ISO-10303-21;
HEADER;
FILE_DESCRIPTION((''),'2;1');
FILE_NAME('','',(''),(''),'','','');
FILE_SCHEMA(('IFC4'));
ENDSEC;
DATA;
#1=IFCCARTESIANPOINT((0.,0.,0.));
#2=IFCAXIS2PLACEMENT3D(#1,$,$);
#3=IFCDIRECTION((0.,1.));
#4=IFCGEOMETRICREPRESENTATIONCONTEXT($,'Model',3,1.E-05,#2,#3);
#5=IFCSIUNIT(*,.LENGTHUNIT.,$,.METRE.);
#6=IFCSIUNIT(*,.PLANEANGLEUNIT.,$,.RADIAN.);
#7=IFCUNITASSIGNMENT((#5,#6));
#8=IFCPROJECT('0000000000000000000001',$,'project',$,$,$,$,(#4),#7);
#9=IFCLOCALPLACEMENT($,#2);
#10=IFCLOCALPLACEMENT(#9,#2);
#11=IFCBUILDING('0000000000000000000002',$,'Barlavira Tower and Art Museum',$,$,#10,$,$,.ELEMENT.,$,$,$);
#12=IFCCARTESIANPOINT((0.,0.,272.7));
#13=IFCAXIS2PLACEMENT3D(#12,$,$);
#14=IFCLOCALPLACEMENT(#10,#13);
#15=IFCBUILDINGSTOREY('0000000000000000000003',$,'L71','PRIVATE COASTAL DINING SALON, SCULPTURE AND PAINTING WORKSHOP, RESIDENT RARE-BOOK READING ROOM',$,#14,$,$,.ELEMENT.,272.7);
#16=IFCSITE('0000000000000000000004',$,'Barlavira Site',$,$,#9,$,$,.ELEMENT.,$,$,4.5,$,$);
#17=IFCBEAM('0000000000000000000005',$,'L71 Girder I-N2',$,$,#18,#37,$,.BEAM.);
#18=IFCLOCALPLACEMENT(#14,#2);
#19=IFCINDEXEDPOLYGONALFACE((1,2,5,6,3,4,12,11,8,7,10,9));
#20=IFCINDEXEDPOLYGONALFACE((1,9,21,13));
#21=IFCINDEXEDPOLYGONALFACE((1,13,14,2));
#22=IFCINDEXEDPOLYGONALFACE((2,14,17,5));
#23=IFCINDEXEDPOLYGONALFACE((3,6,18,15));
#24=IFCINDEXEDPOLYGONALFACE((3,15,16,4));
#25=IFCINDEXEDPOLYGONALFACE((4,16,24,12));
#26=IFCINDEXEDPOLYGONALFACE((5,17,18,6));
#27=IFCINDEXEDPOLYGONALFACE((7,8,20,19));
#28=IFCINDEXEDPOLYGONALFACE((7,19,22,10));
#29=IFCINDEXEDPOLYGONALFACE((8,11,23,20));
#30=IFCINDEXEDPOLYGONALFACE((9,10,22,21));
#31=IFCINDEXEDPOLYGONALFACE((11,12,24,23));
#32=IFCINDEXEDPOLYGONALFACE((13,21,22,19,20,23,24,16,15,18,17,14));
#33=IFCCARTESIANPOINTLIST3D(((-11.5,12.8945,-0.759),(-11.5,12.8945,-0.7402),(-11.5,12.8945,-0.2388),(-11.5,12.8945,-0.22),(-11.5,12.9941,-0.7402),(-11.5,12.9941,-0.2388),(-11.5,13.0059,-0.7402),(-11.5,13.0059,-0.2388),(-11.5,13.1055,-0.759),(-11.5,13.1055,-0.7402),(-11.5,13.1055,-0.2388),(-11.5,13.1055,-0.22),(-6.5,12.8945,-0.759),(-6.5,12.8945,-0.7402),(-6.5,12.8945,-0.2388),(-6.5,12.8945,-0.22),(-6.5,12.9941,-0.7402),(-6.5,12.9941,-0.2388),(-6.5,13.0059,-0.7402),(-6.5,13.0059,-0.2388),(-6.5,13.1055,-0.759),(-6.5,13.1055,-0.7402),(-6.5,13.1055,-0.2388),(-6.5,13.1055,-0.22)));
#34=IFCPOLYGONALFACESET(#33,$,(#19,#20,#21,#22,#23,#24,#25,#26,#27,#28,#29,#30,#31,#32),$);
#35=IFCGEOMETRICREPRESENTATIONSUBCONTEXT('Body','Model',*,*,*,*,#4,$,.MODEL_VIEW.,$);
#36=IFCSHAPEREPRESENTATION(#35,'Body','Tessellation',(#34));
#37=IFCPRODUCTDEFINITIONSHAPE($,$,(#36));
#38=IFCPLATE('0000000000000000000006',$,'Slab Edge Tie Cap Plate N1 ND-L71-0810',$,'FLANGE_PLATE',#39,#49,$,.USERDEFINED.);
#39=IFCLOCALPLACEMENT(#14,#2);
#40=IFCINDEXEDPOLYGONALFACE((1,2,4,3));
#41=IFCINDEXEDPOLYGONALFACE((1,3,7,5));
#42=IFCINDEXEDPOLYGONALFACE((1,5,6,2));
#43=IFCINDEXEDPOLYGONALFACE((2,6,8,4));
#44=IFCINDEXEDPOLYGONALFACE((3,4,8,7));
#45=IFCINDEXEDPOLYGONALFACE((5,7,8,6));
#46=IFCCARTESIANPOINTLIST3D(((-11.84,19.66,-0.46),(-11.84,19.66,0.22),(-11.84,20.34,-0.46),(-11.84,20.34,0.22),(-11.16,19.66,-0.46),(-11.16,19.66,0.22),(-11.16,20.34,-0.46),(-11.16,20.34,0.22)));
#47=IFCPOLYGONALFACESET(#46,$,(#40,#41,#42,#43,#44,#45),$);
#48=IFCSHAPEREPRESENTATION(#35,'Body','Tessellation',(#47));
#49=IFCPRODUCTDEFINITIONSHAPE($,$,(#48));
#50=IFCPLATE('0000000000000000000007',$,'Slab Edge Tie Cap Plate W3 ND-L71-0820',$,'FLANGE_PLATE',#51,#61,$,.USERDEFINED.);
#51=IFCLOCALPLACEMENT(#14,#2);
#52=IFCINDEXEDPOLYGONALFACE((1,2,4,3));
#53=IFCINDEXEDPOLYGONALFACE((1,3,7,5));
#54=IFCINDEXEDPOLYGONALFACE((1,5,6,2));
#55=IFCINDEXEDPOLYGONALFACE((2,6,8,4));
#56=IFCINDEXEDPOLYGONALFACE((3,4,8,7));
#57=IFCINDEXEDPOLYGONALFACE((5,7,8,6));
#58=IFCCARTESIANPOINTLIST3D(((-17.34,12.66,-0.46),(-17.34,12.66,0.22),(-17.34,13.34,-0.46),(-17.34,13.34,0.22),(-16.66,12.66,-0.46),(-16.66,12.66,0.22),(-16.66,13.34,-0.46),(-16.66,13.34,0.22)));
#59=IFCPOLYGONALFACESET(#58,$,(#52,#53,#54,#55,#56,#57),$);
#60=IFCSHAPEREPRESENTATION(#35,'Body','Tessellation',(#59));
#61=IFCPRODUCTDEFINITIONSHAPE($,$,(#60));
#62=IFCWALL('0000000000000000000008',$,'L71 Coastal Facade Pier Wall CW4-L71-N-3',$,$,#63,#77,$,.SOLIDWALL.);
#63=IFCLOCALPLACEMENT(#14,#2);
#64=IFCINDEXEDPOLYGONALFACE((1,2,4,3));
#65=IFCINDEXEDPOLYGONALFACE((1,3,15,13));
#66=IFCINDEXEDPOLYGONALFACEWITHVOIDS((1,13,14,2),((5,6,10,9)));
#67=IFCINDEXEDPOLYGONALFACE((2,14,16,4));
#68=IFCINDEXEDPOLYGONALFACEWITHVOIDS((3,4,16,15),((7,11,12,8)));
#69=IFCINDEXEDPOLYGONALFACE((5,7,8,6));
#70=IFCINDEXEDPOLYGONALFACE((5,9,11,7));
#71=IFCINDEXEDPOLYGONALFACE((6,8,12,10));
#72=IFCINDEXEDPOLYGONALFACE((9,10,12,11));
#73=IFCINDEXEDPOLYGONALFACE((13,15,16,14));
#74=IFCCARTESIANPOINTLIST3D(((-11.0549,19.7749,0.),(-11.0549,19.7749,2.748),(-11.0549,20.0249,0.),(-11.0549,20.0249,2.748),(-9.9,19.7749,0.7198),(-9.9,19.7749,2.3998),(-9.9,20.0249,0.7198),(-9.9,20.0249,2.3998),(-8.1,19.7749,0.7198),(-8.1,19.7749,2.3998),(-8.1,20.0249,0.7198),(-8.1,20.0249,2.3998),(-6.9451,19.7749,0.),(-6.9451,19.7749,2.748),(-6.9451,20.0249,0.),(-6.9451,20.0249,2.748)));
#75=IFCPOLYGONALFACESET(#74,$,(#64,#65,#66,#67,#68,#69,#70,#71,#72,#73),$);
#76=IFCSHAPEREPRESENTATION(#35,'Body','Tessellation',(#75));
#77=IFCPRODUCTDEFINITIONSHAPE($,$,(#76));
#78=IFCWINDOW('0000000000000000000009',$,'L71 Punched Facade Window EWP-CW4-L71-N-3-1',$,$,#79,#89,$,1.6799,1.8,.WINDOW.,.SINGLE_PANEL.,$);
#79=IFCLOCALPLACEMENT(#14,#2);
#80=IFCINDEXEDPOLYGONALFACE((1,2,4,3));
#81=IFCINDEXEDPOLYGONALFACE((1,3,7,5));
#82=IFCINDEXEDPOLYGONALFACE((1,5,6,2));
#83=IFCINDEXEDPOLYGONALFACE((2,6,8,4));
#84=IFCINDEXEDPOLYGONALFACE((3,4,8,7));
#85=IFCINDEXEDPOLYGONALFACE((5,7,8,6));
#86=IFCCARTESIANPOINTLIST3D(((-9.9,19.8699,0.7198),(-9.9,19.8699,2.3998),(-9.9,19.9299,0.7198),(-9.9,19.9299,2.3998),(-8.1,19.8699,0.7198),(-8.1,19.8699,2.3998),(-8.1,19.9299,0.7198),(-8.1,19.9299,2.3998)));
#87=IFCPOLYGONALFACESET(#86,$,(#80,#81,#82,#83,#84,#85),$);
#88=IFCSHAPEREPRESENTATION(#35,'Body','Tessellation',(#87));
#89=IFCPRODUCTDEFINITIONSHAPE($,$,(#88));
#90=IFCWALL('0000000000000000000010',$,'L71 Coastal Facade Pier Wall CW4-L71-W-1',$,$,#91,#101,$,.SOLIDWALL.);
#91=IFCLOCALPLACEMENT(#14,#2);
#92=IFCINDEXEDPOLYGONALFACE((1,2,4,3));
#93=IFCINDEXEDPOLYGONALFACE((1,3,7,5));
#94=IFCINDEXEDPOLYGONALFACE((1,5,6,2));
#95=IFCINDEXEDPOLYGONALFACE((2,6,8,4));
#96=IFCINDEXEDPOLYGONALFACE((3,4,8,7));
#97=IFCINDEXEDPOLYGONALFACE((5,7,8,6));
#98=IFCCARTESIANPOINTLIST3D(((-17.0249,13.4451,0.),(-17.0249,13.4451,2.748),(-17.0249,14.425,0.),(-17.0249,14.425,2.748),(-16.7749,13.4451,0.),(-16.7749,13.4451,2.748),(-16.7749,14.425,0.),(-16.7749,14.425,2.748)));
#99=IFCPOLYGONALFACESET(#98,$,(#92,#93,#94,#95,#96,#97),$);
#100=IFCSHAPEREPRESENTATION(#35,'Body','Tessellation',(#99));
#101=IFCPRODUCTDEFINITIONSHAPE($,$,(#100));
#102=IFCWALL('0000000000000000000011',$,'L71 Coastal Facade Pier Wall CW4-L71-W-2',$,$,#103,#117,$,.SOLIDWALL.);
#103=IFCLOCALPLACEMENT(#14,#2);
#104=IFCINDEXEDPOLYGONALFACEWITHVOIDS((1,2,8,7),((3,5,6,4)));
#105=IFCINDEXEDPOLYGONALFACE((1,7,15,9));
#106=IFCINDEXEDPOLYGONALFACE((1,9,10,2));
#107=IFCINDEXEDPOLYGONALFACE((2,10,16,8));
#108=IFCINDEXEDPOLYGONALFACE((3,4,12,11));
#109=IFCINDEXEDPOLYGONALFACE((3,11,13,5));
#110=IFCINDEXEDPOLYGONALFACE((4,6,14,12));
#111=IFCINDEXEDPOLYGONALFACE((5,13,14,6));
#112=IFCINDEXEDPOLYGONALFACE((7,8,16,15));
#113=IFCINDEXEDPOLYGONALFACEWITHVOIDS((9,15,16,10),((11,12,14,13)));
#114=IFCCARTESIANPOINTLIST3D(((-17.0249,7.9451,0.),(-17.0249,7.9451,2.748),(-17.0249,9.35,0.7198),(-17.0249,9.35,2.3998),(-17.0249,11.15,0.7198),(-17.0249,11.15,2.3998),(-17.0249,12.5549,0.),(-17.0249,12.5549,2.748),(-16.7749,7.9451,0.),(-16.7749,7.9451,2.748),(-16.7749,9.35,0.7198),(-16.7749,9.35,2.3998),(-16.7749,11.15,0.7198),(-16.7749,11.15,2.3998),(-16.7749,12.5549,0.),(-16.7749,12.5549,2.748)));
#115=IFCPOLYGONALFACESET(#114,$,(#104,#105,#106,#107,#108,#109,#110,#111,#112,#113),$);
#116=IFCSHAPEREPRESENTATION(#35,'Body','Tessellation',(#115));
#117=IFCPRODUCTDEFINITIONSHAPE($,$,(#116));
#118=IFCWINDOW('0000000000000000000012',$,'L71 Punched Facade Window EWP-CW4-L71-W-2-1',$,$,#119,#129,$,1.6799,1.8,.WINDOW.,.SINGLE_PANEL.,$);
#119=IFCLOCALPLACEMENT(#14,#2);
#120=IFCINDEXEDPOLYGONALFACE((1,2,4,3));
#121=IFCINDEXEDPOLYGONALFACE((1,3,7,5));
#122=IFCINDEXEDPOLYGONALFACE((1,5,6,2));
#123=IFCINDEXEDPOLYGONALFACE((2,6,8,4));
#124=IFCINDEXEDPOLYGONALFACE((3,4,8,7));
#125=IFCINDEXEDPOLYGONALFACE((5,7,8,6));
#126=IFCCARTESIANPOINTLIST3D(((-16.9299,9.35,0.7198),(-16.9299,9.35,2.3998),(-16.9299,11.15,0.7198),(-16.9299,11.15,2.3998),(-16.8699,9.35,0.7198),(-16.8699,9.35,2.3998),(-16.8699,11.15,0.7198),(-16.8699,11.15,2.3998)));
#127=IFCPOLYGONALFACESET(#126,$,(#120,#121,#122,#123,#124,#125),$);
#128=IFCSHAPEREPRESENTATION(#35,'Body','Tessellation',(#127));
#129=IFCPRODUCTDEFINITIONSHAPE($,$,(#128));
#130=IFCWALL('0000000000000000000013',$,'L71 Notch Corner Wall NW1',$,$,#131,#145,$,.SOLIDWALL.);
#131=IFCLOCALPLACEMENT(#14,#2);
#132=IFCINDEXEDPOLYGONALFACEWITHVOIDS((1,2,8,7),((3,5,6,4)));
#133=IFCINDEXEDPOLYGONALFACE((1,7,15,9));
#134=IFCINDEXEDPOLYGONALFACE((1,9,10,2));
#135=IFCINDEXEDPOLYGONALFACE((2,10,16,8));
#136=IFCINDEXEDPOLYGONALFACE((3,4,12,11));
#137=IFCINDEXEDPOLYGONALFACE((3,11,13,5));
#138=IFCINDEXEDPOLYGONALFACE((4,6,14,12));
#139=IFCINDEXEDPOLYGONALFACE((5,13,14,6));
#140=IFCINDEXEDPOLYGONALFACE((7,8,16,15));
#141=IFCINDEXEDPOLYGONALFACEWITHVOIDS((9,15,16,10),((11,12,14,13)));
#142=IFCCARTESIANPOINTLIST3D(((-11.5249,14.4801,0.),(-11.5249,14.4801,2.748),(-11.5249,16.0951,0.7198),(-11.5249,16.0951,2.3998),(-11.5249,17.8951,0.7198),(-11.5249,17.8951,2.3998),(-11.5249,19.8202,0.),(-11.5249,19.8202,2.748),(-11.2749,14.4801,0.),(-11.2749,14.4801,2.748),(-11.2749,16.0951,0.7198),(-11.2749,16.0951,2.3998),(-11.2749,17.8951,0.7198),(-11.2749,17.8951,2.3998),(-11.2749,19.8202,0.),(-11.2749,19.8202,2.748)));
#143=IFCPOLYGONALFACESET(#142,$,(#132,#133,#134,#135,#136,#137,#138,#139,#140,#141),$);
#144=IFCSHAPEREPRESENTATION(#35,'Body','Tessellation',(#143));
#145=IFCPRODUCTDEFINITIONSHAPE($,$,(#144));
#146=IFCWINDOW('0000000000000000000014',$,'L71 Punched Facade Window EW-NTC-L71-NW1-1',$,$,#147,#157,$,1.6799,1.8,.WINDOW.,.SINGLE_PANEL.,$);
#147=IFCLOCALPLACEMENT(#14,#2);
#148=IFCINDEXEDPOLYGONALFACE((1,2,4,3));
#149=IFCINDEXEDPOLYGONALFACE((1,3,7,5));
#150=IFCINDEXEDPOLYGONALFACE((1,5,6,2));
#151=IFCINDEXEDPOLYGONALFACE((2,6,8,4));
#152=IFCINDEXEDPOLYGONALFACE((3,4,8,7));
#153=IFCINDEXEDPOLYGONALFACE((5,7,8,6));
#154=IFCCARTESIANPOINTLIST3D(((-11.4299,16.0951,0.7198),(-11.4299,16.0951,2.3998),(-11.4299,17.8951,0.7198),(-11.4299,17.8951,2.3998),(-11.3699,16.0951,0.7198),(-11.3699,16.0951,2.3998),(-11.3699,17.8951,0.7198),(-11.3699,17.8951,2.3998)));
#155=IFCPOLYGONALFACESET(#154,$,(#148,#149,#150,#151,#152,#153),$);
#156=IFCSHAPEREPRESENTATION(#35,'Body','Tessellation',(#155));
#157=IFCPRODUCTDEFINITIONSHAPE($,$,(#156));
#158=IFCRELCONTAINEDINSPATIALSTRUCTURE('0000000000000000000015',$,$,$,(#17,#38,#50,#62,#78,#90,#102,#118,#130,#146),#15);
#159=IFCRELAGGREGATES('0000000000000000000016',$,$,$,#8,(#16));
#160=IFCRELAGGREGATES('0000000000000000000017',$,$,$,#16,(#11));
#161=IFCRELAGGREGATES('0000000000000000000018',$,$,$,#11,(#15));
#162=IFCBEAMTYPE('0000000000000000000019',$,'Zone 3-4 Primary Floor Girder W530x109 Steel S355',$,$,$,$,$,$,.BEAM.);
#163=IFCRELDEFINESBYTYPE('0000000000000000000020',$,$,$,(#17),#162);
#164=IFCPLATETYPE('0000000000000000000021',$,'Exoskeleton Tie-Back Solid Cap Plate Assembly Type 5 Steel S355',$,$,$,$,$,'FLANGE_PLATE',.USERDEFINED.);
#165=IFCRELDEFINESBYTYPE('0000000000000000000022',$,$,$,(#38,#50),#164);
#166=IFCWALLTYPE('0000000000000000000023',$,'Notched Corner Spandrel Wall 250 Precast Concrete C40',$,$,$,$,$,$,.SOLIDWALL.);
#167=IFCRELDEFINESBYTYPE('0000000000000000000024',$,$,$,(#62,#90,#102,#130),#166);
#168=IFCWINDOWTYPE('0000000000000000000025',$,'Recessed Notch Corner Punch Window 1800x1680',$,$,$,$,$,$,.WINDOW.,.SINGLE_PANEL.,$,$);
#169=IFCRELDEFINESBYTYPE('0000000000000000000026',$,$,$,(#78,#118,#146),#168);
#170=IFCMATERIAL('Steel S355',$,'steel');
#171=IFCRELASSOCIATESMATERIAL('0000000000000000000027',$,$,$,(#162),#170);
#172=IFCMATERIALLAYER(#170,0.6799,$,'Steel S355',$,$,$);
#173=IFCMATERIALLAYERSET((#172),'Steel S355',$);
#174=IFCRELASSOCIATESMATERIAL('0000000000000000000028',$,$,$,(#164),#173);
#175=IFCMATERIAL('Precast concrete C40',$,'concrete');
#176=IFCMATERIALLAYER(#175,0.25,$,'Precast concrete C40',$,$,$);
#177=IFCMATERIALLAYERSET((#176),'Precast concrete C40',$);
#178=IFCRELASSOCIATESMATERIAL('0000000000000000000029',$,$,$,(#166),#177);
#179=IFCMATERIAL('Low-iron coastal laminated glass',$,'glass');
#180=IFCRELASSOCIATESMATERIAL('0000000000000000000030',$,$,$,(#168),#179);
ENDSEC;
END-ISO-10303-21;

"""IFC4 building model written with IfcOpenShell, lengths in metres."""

from ifc_helpers import new_model, si_unit, direction, frame, frame_2d, origin, origin_2d, place, context, subcontext, project, spatial, rectangle, i_section, extrude, material, layer, layer_set, material_profile, profile_set, type_object, element, fill, save


model = new_model("IFC4")

# Units and contexts
model_context = context("Model", 3, precision=1e-05, world=origin(), true_north=direction((0.0, 1.0)))
body_context = subcontext(model_context, "Body", "Model", "MODEL_VIEW")
ifc_project = project(units=[si_unit("LENGTHUNIT", "METRE"), si_unit("PLANEANGLEUNIT", "RADIAN")], contexts=[model_context])

# Site, building, storey
site_placement = place(None, origin())
site = spatial("IfcSite", under=ifc_project, at=site_placement, Name="Barlavira Site", CompositionType="ELEMENT", RefElevation=4.5)
building_placement = place(site_placement, origin())
building = spatial("IfcBuilding", under=site, at=building_placement, Name="Barlavira Tower and Art Museum", CompositionType="ELEMENT")
storey_placement = place(building_placement, frame((0.0, 0.0, 272.7)))
storey = spatial("IfcBuildingStorey", under=building, at=storey_placement, Name="L71", Description="PRIVATE COASTAL DINING SALON, SCULPTURE AND PAINTING WORKSHOP, RESIDENT RARE-BOOK READING ROOM", CompositionType="ELEMENT", Elevation=272.7)

# Shared definitions
ifc_material_1 = material(Name="Steel S355", Category="steel")

# Beam
ifc_material_profile_1 = material_profile(ifc_material_1, i_section(OverallWidth=0.2109, OverallDepth=0.5391, WebThickness=0.0117, FlangeThickness=0.0188, at=origin_2d()), Name="W530x109.0")
ifc_profile_set_1 = profile_set([ifc_material_profile_1], Name="Steel S355")
beam_type_1 = type_object("IfcBeamType", Name="Zone 3-4 Primary Floor Girder W530x109 Steel S355", PredefinedType="BEAM", material=ifc_profile_set_1)
beam_1_placement = place(storey_placement, frame((-11.5, 13.0, -0.4895), z_axis=(1.0, 0.0, 0.0), x_axis=(0.0, 1.0, 0.0)))
element("IfcBeam", 1, at=beam_1_placement, inside=storey, type_object=beam_type_1, Name="L71 Girder I-N2", PredefinedType="BEAM", context=body_context, shape_type="SweptSolid", body=[
    extrude(i_section(OverallWidth=0.2109, OverallDepth=0.5391, WebThickness=0.0117, FlangeThickness=0.0188, at=origin_2d()), origin(), (0.0, 0.0, 1.0), 5.0),
])

# Plates
ifc_layer_1 = layer(ifc_material_1, 0.6799, Name="Steel S355")
ifc_layer_set_1 = layer_set([ifc_layer_1], Name="Steel S355")
plate_type = type_object("IfcPlateType", Name="Exoskeleton Tie-Back Solid Cap Plate Assembly Type 5 Steel S355", ElementType="FLANGE_PLATE", PredefinedType="USERDEFINED", material=ifc_layer_set_1)
for number, where, z_axis, x_axis, name in (
    (2, (-11.5, 20.0, -0.46), (0.0, 0.0, 1.0), (1.0, 0.0, 0.0), "Slab Edge Tie Cap Plate N1 ND-L71-0810"),
    (3, (-17.0, 13.0, -0.46), (0.0, 0.0, 1.0), (1.0, 0.0, 0.0), "Slab Edge Tie Cap Plate W3 ND-L71-0820"),
):
    element("IfcPlate", number, at=place(storey_placement, frame(where, z_axis=z_axis, x_axis=x_axis)), inside=storey, type_object=plate_type, Name=name, ObjectType="FLANGE_PLATE", PredefinedType="USERDEFINED", context=body_context, shape_type="SweptSolid", body=[
        extrude(rectangle(XDim=0.6799, YDim=0.6799, at=origin_2d()), origin(), (0.0, 0.0, 1.0), 0.6799),
    ])

# Wall, opening, window
ifc_material_2 = material(Name="Precast concrete C40", Category="concrete")
ifc_layer_2 = layer(ifc_material_2, 0.25, Name="Precast concrete C40")
ifc_layer_set_2 = layer_set([ifc_layer_2], Name="Precast concrete C40")
wall_type = type_object("IfcWallType", Name="Notched Corner Spandrel Wall 250 Precast Concrete C40", PredefinedType="SOLIDWALL", material=ifc_layer_set_2)
wall_1_placement = place(storey_placement, frame((-6.9451, 19.8999, 0.0), z_axis=(0.0, 0.0, 1.0), x_axis=(-1.0, 0.0, 0.0)))
wall_1 = element("IfcWall", 4, at=wall_1_placement, inside=storey, type_object=wall_type, Name="L71 Coastal Facade Pier Wall CW4-L71-N-3", PredefinedType="SOLIDWALL", context=body_context, shape_type="SweptSolid", body=[
    extrude(rectangle(XDim=4.1099, YDim=0.25, at=frame_2d((2.0549, 0.0))), origin(), (0.0, 0.0, 1.0), 2.748),
])
opening_1_placement = place(wall_1_placement, frame((1.155, 0.0, 0.72)))
opening_1 = element("IfcOpeningElement", 5, at=opening_1_placement, cuts=wall_1, PredefinedType="OPENING", context=body_context, shape_type="SweptSolid", body=[
    extrude(rectangle(XDim=1.8, YDim=1.6799, at=frame_2d((0.8999, 0.8398))), frame((0.0, 0.135, 0.0), z_axis=(0.0, -1.0, 0.0), x_axis=(1.0, 0.0, 0.0)), (0.0, 0.0, 1.0), 0.27),
])
ifc_material_3 = material(Name="Low-iron coastal laminated glass", Category="glass")
window_type = type_object("IfcWindowType", Name="Recessed Notch Corner Punch Window 1800x1680", PartitioningType="SINGLE_PANEL", PredefinedType="WINDOW", material=ifc_material_3)
window_1_placement = place(opening_1_placement, origin())
window_1 = element("IfcWindow", 6, at=window_1_placement, inside=storey, type_object=window_type, Name="L71 Punched Facade Window EWP-CW4-L71-N-3-1", OverallHeight=1.6799, OverallWidth=1.8, PartitioningType="SINGLE_PANEL", PredefinedType="WINDOW", context=body_context, shape_type="SweptSolid", body=[
    extrude(rectangle(XDim=1.8, YDim=1.6799, at=frame_2d((0.8999, 0.8398))), frame((0.0, 0.03, 0.0), z_axis=(0.0, -1.0, 0.0), x_axis=(1.0, 0.0, 0.0)), (0.0, 0.0, 1.0), 0.0601),
])
fill(opening_1, window_1)

# Wall
wall_2_placement = place(storey_placement, frame((-16.8999, 14.425, 0.0), z_axis=(0.0, 0.0, 1.0), x_axis=(0.0, -1.0, 0.0)))
element("IfcWall", 7, at=wall_2_placement, inside=storey, type_object=wall_type, Name="L71 Coastal Facade Pier Wall CW4-L71-W-1", PredefinedType="SOLIDWALL", context=body_context, shape_type="SweptSolid", body=[
    extrude(rectangle(XDim=0.98, YDim=0.25, at=frame_2d((0.49, 0.0))), origin(), (0.0, 0.0, 1.0), 2.748),
])

# Walls, openings, windows
wall_3_placement = place(storey_placement, frame((-16.8999, 12.5549, 0.0), z_axis=(0.0, 0.0, 1.0), x_axis=(0.0, -1.0, 0.0)))
wall_3 = element("IfcWall", 8, at=wall_3_placement, inside=storey, type_object=wall_type, Name="L71 Coastal Facade Pier Wall CW4-L71-W-2", PredefinedType="SOLIDWALL", context=body_context, shape_type="SweptSolid", body=[
    extrude(rectangle(XDim=4.6099, YDim=0.25, at=frame_2d((2.3049, 0.0))), origin(), (0.0, 0.0, 1.0), 2.748),
])
opening_2_placement = place(wall_3_placement, frame((1.405, 0.0, 0.72)))
opening_2 = element("IfcOpeningElement", 9, at=opening_2_placement, cuts=wall_3, PredefinedType="OPENING", context=body_context, shape_type="SweptSolid", body=[
    extrude(rectangle(XDim=1.8, YDim=1.6799, at=frame_2d((0.8999, 0.8398))), frame((0.0, 0.135, 0.0), z_axis=(0.0, -1.0, 0.0), x_axis=(1.0, 0.0, 0.0)), (0.0, 0.0, 1.0), 0.27),
])
window_2_placement = place(opening_2_placement, origin())
window_2 = element("IfcWindow", 10, at=window_2_placement, inside=storey, type_object=window_type, Name="L71 Punched Facade Window EWP-CW4-L71-W-2-1", OverallHeight=1.6799, OverallWidth=1.8, PartitioningType="SINGLE_PANEL", PredefinedType="WINDOW", context=body_context, shape_type="SweptSolid", body=[
    extrude(rectangle(XDim=1.8, YDim=1.6799, at=frame_2d((0.8999, 0.8398))), frame((0.0, 0.03, 0.0), z_axis=(0.0, -1.0, 0.0), x_axis=(1.0, 0.0, 0.0)), (0.0, 0.0, 1.0), 0.0601),
])
fill(opening_2, window_2)
wall_4_placement = place(storey_placement, frame((-11.3999, 19.8201, 0.0), z_axis=(0.0, 0.0, 1.0), x_axis=(0.0, -1.0, 0.0)))
wall_4 = element("IfcWall", 11, at=wall_4_placement, inside=storey, type_object=wall_type, Name="L71 Notch Corner Wall NW1", PredefinedType="SOLIDWALL", context=body_context, shape_type="SweptSolid", body=[
    extrude(rectangle(XDim=5.3401, YDim=0.25, at=frame_2d((2.6699, 0.0))), origin(), (0.0, 0.0, 1.0), 2.748),
])
opening_3_placement = place(wall_4_placement, frame((1.925, 0.0, 0.72)))
opening_3 = element("IfcOpeningElement", 12, at=opening_3_placement, cuts=wall_4, PredefinedType="OPENING", context=body_context, shape_type="SweptSolid", body=[
    extrude(rectangle(XDim=1.8, YDim=1.6799, at=frame_2d((0.8999, 0.8398))), frame((0.0, 0.135, 0.0), z_axis=(0.0, -1.0, 0.0), x_axis=(1.0, 0.0, 0.0)), (0.0, 0.0, 1.0), 0.27),
])
window_3_placement = place(opening_3_placement, origin())
window_3 = element("IfcWindow", 13, at=window_3_placement, inside=storey, type_object=window_type, Name="L71 Punched Facade Window EW-NTC-L71-NW1-1", OverallHeight=1.6799, OverallWidth=1.8, PartitioningType="SINGLE_PANEL", PredefinedType="WINDOW", context=body_context, shape_type="SweptSolid", body=[
    extrude(rectangle(XDim=1.8, YDim=1.6799, at=frame_2d((0.8999, 0.8398))), frame((0.0, 0.03, 0.0), z_axis=(0.0, -1.0, 0.0), x_axis=(1.0, 0.0, 0.0)), (0.0, 0.0, 1.0), 0.0601),
])
fill(opening_3, window_3)

save(model, "model.ifc")
